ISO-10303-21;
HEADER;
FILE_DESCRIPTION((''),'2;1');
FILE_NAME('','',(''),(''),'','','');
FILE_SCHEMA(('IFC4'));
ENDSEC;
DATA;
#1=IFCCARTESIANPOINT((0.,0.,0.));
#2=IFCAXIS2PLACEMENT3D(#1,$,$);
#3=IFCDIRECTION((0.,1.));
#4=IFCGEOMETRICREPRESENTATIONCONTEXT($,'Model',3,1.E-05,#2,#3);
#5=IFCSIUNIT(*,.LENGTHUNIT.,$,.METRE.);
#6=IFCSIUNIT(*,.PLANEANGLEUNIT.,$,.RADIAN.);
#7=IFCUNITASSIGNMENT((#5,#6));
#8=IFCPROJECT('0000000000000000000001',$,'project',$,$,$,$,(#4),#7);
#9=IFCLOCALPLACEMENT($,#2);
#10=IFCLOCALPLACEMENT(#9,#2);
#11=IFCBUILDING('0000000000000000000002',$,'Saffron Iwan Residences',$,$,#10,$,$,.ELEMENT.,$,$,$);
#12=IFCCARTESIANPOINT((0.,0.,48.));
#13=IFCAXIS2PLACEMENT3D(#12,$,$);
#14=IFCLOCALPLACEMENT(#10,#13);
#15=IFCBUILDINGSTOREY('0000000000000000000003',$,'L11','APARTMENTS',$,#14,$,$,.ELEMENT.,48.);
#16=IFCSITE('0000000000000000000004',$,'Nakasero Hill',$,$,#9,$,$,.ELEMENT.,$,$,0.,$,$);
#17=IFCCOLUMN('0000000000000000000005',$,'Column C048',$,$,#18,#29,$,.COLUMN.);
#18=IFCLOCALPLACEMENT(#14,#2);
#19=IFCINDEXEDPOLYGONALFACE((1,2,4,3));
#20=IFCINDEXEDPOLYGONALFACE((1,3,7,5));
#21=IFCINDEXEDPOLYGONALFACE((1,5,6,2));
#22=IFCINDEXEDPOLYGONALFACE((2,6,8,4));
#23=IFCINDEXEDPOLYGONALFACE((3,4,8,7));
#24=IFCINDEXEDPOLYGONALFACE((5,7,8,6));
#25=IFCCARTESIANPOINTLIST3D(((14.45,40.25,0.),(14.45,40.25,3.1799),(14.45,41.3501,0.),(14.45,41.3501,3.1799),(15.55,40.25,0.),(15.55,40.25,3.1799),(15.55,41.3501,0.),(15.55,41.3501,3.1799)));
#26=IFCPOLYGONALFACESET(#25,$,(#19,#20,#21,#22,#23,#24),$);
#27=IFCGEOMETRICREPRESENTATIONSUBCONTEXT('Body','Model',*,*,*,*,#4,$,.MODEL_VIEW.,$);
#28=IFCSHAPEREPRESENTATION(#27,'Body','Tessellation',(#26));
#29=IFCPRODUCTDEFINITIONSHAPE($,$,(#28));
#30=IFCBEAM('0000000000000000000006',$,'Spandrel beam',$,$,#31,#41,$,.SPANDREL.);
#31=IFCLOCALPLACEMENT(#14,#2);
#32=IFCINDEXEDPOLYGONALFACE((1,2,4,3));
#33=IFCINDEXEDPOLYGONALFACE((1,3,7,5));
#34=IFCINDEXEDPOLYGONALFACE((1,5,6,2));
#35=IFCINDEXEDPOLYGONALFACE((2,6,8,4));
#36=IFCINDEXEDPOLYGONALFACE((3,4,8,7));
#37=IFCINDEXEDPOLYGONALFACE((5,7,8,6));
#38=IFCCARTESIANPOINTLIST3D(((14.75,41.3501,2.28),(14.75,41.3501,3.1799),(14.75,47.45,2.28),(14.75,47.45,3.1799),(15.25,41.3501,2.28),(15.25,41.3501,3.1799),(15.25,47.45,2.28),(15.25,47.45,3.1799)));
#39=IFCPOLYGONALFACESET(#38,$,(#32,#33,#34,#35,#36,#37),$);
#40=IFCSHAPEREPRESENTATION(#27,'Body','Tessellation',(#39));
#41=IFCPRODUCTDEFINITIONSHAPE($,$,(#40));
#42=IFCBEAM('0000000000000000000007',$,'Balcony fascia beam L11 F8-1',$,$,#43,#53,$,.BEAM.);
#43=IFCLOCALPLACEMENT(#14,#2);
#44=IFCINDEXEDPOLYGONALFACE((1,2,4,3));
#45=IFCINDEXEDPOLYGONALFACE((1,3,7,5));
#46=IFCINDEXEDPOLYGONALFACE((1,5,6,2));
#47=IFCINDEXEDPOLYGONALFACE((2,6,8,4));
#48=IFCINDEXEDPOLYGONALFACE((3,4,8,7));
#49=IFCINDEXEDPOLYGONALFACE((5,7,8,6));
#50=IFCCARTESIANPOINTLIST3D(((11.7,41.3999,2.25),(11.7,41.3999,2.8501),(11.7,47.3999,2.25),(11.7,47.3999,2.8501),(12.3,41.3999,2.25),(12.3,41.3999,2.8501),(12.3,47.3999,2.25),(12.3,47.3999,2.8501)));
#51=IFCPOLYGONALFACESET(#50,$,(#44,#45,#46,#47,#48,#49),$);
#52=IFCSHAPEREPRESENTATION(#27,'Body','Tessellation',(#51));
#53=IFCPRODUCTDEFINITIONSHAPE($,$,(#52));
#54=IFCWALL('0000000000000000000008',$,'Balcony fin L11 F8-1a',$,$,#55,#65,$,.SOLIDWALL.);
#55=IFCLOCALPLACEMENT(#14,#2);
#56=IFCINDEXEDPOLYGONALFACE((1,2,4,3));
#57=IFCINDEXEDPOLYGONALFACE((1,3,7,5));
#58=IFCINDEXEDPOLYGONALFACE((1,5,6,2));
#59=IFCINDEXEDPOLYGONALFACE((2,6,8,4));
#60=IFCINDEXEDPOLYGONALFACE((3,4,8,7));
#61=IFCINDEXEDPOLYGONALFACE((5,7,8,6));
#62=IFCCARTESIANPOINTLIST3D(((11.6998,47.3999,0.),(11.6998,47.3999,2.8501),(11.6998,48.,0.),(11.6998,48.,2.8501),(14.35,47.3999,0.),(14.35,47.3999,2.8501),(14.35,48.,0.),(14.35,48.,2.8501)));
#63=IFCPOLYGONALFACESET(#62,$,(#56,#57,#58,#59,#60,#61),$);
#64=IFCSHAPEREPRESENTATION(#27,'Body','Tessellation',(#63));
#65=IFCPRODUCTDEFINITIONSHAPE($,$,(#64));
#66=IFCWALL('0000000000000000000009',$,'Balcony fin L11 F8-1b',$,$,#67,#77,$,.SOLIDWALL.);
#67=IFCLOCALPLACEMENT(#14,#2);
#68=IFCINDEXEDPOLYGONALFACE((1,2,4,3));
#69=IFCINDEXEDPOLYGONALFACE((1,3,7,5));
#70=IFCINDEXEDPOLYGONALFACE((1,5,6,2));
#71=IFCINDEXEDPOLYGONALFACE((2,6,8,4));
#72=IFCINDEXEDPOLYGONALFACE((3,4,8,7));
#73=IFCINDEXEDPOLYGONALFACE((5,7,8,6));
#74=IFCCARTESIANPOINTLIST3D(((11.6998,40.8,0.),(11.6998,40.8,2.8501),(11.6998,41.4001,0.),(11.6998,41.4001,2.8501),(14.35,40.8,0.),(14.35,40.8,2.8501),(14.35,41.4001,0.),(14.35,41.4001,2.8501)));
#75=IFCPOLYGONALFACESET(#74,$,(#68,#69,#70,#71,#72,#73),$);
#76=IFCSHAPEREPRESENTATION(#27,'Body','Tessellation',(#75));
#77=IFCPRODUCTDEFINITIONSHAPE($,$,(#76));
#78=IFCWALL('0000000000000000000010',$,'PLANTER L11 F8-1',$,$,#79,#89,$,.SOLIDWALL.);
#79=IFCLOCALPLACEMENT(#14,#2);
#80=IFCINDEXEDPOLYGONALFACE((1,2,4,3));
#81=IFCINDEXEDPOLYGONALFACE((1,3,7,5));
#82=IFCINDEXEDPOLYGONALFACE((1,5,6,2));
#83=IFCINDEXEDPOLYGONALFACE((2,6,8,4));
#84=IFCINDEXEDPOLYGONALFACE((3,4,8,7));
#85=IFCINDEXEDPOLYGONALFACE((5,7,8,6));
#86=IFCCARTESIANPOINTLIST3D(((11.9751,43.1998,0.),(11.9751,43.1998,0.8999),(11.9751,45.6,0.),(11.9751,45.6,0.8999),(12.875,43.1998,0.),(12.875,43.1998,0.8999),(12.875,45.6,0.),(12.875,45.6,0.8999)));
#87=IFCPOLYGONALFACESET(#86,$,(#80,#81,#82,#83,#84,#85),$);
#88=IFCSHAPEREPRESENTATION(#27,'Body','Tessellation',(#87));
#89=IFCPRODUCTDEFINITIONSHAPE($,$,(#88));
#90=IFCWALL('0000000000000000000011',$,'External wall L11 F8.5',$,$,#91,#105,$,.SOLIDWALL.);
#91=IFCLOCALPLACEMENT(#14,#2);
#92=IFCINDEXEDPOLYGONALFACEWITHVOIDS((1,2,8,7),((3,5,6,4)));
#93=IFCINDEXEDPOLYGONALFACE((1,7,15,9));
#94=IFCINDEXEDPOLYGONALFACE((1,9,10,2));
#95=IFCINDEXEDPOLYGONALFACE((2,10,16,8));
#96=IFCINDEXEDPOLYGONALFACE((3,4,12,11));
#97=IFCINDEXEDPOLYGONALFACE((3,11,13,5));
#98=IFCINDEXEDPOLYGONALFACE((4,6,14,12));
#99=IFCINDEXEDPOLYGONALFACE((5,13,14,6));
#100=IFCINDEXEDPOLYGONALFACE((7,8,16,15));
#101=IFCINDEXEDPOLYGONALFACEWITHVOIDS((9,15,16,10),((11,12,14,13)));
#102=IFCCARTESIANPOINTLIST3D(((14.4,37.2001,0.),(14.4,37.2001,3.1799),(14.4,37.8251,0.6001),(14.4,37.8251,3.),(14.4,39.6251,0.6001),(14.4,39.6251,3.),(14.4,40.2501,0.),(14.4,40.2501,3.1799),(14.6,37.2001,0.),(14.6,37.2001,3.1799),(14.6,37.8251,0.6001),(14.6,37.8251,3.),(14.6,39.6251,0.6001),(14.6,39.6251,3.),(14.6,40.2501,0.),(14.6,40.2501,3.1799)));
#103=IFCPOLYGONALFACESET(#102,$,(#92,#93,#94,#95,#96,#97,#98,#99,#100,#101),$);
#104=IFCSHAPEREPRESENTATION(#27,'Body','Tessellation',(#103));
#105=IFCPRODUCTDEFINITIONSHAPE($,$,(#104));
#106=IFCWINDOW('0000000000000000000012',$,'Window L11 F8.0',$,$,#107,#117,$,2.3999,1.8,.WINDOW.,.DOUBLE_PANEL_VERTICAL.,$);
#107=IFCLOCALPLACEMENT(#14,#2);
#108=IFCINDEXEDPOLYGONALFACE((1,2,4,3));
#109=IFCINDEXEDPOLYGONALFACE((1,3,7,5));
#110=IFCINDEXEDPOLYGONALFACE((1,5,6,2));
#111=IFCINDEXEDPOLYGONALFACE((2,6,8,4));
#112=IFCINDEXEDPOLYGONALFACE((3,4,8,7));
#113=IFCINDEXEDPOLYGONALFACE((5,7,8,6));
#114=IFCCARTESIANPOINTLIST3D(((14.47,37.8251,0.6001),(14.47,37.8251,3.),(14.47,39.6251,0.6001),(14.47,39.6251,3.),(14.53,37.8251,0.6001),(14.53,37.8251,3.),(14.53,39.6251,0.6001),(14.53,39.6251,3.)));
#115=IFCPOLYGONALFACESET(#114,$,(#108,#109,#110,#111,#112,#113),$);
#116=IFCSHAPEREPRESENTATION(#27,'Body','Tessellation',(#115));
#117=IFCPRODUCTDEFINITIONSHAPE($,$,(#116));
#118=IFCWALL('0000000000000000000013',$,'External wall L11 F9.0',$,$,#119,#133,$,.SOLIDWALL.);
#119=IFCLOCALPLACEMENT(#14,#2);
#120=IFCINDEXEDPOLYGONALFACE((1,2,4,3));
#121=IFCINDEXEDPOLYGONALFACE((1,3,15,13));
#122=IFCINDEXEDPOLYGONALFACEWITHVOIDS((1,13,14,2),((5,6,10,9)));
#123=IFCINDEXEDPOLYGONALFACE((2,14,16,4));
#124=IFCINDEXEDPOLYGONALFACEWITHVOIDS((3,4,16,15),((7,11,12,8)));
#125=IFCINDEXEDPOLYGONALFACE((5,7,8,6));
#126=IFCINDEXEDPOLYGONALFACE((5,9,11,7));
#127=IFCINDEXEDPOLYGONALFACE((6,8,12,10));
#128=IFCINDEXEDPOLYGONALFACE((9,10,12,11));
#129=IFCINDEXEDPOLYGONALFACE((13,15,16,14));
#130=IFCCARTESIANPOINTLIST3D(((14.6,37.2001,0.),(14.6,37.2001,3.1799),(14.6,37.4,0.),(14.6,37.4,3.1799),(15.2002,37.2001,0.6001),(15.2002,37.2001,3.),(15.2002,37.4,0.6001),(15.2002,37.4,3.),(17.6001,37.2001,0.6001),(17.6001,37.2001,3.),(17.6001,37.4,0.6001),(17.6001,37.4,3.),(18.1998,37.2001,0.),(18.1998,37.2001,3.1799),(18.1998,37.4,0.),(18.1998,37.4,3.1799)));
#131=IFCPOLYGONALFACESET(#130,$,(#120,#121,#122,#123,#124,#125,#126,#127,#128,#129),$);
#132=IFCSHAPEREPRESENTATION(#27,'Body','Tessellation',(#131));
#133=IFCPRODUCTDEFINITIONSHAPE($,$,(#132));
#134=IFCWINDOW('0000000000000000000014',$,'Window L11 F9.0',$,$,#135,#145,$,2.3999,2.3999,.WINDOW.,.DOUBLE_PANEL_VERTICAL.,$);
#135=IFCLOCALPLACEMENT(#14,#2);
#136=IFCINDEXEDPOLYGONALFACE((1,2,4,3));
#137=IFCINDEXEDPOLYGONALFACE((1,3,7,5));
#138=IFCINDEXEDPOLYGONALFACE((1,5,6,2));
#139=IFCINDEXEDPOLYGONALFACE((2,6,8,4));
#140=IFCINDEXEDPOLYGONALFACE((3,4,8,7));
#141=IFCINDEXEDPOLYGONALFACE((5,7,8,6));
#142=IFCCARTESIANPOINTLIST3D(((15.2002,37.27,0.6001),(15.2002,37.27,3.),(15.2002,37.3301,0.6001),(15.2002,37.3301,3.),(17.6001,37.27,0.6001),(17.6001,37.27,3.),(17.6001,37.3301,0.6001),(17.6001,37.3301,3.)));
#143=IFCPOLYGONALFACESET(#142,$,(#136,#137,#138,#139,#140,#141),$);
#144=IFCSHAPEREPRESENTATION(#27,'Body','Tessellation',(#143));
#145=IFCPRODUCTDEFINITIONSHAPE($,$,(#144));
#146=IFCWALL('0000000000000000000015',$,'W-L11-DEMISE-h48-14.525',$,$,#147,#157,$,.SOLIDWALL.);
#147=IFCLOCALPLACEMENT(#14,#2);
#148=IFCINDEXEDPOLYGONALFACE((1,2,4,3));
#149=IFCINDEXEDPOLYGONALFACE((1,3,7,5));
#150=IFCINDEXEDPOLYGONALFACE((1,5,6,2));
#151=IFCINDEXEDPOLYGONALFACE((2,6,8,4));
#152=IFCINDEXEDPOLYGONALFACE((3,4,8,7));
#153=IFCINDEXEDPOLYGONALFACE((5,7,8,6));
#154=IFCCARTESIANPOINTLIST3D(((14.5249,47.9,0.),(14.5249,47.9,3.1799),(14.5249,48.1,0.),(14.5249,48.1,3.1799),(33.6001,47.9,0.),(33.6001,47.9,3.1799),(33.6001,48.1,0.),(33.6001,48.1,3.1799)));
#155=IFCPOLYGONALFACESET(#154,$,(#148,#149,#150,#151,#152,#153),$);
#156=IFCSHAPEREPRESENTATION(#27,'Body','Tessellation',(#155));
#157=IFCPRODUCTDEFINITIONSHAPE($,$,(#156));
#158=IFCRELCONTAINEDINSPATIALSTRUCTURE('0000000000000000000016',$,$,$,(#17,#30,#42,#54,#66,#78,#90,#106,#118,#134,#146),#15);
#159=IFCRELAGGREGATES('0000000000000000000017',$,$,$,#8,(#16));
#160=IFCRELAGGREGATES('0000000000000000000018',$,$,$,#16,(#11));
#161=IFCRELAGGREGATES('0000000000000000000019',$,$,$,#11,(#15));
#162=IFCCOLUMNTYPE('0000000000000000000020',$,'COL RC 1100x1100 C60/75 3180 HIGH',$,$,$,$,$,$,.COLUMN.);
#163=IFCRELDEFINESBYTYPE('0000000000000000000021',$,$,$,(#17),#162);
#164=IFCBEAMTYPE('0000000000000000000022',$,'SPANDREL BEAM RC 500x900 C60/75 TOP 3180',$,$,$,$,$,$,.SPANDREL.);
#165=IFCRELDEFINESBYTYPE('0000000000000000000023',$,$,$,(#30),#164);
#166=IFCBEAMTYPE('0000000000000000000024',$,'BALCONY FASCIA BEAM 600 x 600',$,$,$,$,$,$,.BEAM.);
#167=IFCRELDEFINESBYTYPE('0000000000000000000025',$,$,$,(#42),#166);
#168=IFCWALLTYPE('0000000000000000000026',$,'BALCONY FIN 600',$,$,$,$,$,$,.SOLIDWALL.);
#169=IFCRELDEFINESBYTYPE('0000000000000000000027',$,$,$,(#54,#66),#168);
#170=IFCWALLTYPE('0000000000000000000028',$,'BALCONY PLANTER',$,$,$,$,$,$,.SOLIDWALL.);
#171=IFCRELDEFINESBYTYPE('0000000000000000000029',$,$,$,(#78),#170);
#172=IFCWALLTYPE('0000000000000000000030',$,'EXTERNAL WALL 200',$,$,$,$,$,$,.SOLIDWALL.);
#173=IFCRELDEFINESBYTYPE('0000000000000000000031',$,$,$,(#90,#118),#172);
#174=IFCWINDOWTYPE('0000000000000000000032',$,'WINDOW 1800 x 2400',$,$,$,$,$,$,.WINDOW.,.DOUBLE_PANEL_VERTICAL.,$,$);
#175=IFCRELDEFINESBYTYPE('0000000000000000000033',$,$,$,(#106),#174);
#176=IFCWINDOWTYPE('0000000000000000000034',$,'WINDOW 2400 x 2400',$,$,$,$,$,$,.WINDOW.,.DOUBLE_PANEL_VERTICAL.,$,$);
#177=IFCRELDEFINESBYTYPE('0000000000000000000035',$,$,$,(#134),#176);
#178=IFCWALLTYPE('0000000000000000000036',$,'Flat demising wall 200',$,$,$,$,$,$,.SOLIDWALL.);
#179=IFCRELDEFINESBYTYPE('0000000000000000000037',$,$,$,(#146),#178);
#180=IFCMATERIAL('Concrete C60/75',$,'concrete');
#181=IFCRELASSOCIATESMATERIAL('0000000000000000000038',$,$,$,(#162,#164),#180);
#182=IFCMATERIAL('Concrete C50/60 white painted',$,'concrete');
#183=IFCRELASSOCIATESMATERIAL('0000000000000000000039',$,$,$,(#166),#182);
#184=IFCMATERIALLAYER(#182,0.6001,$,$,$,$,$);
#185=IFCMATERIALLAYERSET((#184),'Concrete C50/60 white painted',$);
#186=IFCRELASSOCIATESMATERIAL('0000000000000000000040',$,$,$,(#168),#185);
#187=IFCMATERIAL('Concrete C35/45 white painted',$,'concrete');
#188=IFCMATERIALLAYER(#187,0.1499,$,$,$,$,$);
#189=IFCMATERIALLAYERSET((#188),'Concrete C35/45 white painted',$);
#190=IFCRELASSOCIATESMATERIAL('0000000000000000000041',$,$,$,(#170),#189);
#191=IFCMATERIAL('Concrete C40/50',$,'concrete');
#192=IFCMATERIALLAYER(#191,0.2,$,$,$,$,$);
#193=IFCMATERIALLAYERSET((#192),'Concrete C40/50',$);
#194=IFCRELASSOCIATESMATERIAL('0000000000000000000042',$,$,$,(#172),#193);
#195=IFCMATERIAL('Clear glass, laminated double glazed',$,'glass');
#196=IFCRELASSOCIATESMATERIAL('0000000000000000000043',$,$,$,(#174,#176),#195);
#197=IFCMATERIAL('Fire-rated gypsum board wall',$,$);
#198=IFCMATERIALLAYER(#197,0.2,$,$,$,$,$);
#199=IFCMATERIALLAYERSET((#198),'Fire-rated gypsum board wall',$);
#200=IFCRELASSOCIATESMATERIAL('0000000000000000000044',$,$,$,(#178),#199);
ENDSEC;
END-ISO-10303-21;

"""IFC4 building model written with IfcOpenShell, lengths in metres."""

from ifc_helpers import new_model, si_unit, direction, frame, frame_2d, origin, origin_2d, place, context, subcontext, project, spatial, rectangle, extrude, source, transform, mapped, material, layer, layer_set, material_profile, profile_set, type_object, element, fill, save


model = new_model("IFC4")

# Units and contexts
model_context = context("Model", 3, precision=1e-05, world=origin(), true_north=direction((0.0, 1.0)))
body_context = subcontext(model_context, "Body", "Model", "MODEL_VIEW")
ifc_project = project(units=[si_unit("LENGTHUNIT", "METRE"), si_unit("PLANEANGLEUNIT", "RADIAN")], contexts=[model_context])

# Site, building, storey
site_placement = place(None, origin())
site = spatial("IfcSite", under=ifc_project, at=site_placement, Name="Nakasero Hill", CompositionType="ELEMENT", RefElevation=0.0)
building_placement = place(site_placement, origin())
building = spatial("IfcBuilding", under=site, at=building_placement, Name="Saffron Iwan Residences", CompositionType="ELEMENT")
storey_placement = place(building_placement, frame((0.0, 0.0, 48.0)))
storey = spatial("IfcBuildingStorey", under=building, at=storey_placement, Name="L11", Description="APARTMENTS", CompositionType="ELEMENT", Elevation=48.0)

# Column
ifc_material_1 = material(Name="Concrete C60/75", Category="concrete")
ifc_material_profile_1 = material_profile(ifc_material_1, rectangle(XDim=1.1001, YDim=1.1001, at=origin_2d()), Name="RC 1100x1100")
ifc_profile_set_1 = profile_set([ifc_material_profile_1], Name="Concrete C60/75")
column_type = type_object("IfcColumnType", Name="COL RC 1100x1100 C60/75 3180 HIGH", PredefinedType="COLUMN", material=ifc_profile_set_1)
shared_shape_1 = source(origin(), body_context, "Body", "SweptSolid", [
    extrude(rectangle(XDim=1.1001, YDim=1.1001, at=origin_2d()), origin(), (0.0, 0.0, 1.0), 3.1799),
])
column_placement = place(storey_placement, frame((15.0, 40.8, 0.0), z_axis=(0.0, 0.0, 1.0), x_axis=(1.0, 0.0, 0.0)))
element("IfcColumn", 1, at=column_placement, inside=storey, type_object=column_type, Name="Column C048", PredefinedType="COLUMN", context=body_context, shape_type="MappedRepresentation", body=[
    mapped(shared_shape_1, transform((0.0, 0.0, 0.0))),
])

# Beams
ifc_material_profile_2 = material_profile(ifc_material_1, rectangle(XDim=0.5, YDim=0.8999, at=origin_2d()), Name="RC 500x900")
ifc_profile_set_2 = profile_set([ifc_material_profile_2], Name="Concrete C60/75")
beam_type_1 = type_object("IfcBeamType", Name="SPANDREL BEAM RC 500x900 C60/75 TOP 3180", PredefinedType="SPANDREL", material=ifc_profile_set_2)
shared_shape_2 = source(origin(), body_context, "Body", "SweptSolid", [
    extrude(rectangle(XDim=0.5, YDim=0.8999, at=origin_2d()), origin(), (0.0, 0.0, 1.0), 6.0999),
])
beam_1_placement = place(storey_placement, frame((15.0, 41.3501, 2.73), z_axis=(0.0, 1.0, 0.0), x_axis=(-1.0, 0.0, 0.0)))
element("IfcBeam", 2, at=beam_1_placement, inside=storey, type_object=beam_type_1, Name="Spandrel beam", PredefinedType="SPANDREL", context=body_context, shape_type="MappedRepresentation", body=[
    mapped(shared_shape_2, transform((0.0, 0.0, 0.0))),
])
ifc_material_2 = material(Name="Concrete C50/60 white painted", Category="concrete")
ifc_material_profile_3 = material_profile(ifc_material_2, rectangle(XDim=0.6001, YDim=0.6001, at=origin_2d()), Name="BALCONY FASCIA BEAM 600 x 600")
ifc_profile_set_3 = profile_set([ifc_material_profile_3], Name="Concrete C50/60 white painted")
beam_type_2 = type_object("IfcBeamType", Name="BALCONY FASCIA BEAM 600 x 600", PredefinedType="BEAM", material=ifc_profile_set_3)
shared_shape_3 = source(origin(), body_context, "Body", "SweptSolid", [
    extrude(rectangle(XDim=0.6001, YDim=0.6001, at=origin_2d()), origin(), (0.0, 0.0, 1.0), 6.0),
])
beam_2_placement = place(storey_placement, frame((12.0, 47.3999, 2.55), z_axis=(0.0, -1.0, 0.0), x_axis=(1.0, 0.0, 0.0)))
element("IfcBeam", 3, at=beam_2_placement, inside=storey, type_object=beam_type_2, Name="Balcony fascia beam L11 F8-1", PredefinedType="BEAM", context=body_context, shape_type="MappedRepresentation", body=[
    mapped(shared_shape_3, transform((0.0, 0.0, 0.0))),
])

# Walls
ifc_layer_1 = layer(ifc_material_2, 0.6001)
ifc_layer_set_1 = layer_set([ifc_layer_1], Name="Concrete C50/60 white painted")
wall_type_1 = type_object("IfcWallType", Name="BALCONY FIN 600", PredefinedType="SOLIDWALL", material=ifc_layer_set_1)
for number, where, z_axis, x_axis, name in (
    (4, (14.3501, 47.7, 0.0), (0.0, 0.0, 1.0), (-1.0, 0.0, 0.0), "Balcony fin L11 F8-1a"),
    (5, (14.3501, 41.1001, 0.0), (0.0, 0.0, 1.0), (-1.0, 0.0, 0.0), "Balcony fin L11 F8-1b"),
):
    element("IfcWall", number, at=place(storey_placement, frame(where, z_axis=z_axis, x_axis=x_axis)), inside=storey, type_object=wall_type_1, Name=name, PredefinedType="SOLIDWALL", context=body_context, shape_type="SweptSolid", body=[
        extrude(rectangle(XDim=2.6501, YDim=0.6001, at=frame_2d((1.3252, 0.0))), origin(), (0.0, 0.0, 1.0), 2.8501),
    ])
ifc_material_3 = material(Name="Concrete C35/45 white painted", Category="concrete")
ifc_layer_2 = layer(ifc_material_3, 0.1499)
ifc_layer_set_2 = layer_set([ifc_layer_2], Name="Concrete C35/45 white painted")
wall_type_2 = type_object("IfcWallType", Name="BALCONY PLANTER", PredefinedType="SOLIDWALL", material=ifc_layer_set_2)
wall_1_placement = place(storey_placement, frame((12.425, 45.6001, 0.0), z_axis=(0.0, 0.0, 1.0), x_axis=(0.0, -1.0, 0.0)))
element("IfcWall", 6, at=wall_1_placement, inside=storey, type_object=wall_type_2, Name="PLANTER L11 F8-1", PredefinedType="SOLIDWALL", context=body_context, shape_type="SweptSolid", body=[
    extrude(rectangle(XDim=2.4001, YDim=0.8999, at=frame_2d((1.2002, 0.0))), origin(), (0.0, 0.0, 1.0), 0.8999),
])

# Shared definitions
ifc_material_4 = material(Name="Concrete C40/50", Category="concrete")
ifc_layer_3 = layer(ifc_material_4, 0.2)
ifc_layer_set_3 = layer_set([ifc_layer_3], Name="Concrete C40/50")
wall_type_3 = type_object("IfcWallType", Name="EXTERNAL WALL 200", PredefinedType="SOLIDWALL", material=ifc_layer_set_3)
ifc_material_5 = material(Name="Clear glass, laminated double glazed", Category="glass")

# Walls, openings, windows
wall_2_placement = place(storey_placement, frame((14.5, 40.25, 0.0), z_axis=(0.0, 0.0, 1.0), x_axis=(0.0, -1.0, 0.0)))
wall_2 = element("IfcWall", 7, at=wall_2_placement, inside=storey, type_object=wall_type_3, Name="External wall L11 F8.5", PredefinedType="SOLIDWALL", context=body_context, shape_type="SweptSolid", body=[
    extrude(rectangle(XDim=3.05, YDim=0.2, at=frame_2d((1.5249, 0.0))), origin(), (0.0, 0.0, 1.0), 3.1799),
])
opening_1_placement = place(wall_2_placement, frame((0.625, 0.0, 0.6001)))
opening_1 = element("IfcOpeningElement", 8, at=opening_1_placement, cuts=wall_2, PredefinedType="OPENING", context=body_context, shape_type="SweptSolid", body=[
    extrude(rectangle(XDim=1.8, YDim=2.3999, at=frame_2d((0.8999, 1.2))), frame((0.0, 0.1099, 0.0), z_axis=(0.0, -1.0, 0.0), x_axis=(1.0, 0.0, 0.0)), (0.0, 0.0, 1.0), 0.22),
])
window_type_1 = type_object("IfcWindowType", Name="WINDOW 1800 x 2400", PartitioningType="DOUBLE_PANEL_VERTICAL", PredefinedType="WINDOW", material=ifc_material_5)
window_1_placement = place(opening_1_placement, origin())
window_1 = element("IfcWindow", 9, at=window_1_placement, inside=storey, type_object=window_type_1, Name="Window L11 F8.0", OverallHeight=2.3999, OverallWidth=1.8, PartitioningType="DOUBLE_PANEL_VERTICAL", PredefinedType="WINDOW", context=body_context, shape_type="SweptSolid", body=[
    extrude(rectangle(XDim=1.8, YDim=2.3999, at=frame_2d((0.8999, 1.2))), frame((0.0, 0.03, 0.0), z_axis=(0.0, -1.0, 0.0), x_axis=(1.0, 0.0, 0.0)), (0.0, 0.0, 1.0), 0.0601),
])
fill(opening_1, window_1)
wall_3_placement = place(storey_placement, frame((14.6001, 37.3, 0.0), z_axis=(0.0, 0.0, 1.0), x_axis=(1.0, 0.0, 0.0)))
wall_3 = element("IfcWall", 10, at=wall_3_placement, inside=storey, type_object=wall_type_3, Name="External wall L11 F9.0", PredefinedType="SOLIDWALL", context=body_context, shape_type="SweptSolid", body=[
    extrude(rectangle(XDim=3.5999, YDim=0.2, at=frame_2d((1.7998, 0.0))), origin(), (0.0, 0.0, 1.0), 3.1799),
])
opening_2_placement = place(wall_3_placement, frame((0.6001, 0.0, 0.6001)))
opening_2 = element("IfcOpeningElement", 11, at=opening_2_placement, cuts=wall_3, PredefinedType="OPENING", context=body_context, shape_type="SweptSolid", body=[
    extrude(rectangle(XDim=2.3999, YDim=2.3999, at=frame_2d((1.2, 1.2))), frame((0.0, 0.1099, 0.0), z_axis=(0.0, -1.0, 0.0), x_axis=(1.0, 0.0, 0.0)), (0.0, 0.0, 1.0), 0.22),
])
window_type_2 = type_object("IfcWindowType", Name="WINDOW 2400 x 2400", PartitioningType="DOUBLE_PANEL_VERTICAL", PredefinedType="WINDOW", material=ifc_material_5)
window_2_placement = place(opening_2_placement, origin())
window_2 = element("IfcWindow", 12, at=window_2_placement, inside=storey, type_object=window_type_2, Name="Window L11 F9.0", OverallHeight=2.3999, OverallWidth=2.3999, PartitioningType="DOUBLE_PANEL_VERTICAL", PredefinedType="WINDOW", context=body_context, shape_type="SweptSolid", body=[
    extrude(rectangle(XDim=2.3999, YDim=2.3999, at=frame_2d((1.2, 1.2))), frame((0.0, 0.03, 0.0), z_axis=(0.0, -1.0, 0.0), x_axis=(1.0, 0.0, 0.0)), (0.0, 0.0, 1.0), 0.0601),
])
fill(opening_2, window_2)

# Wall
ifc_material_6 = material(Name="Fire-rated gypsum board wall")
ifc_layer_4 = layer(ifc_material_6, 0.2)
ifc_layer_set_4 = layer_set([ifc_layer_4], Name="Fire-rated gypsum board wall")
wall_type_4 = type_object("IfcWallType", Name="Flat demising wall 200", PredefinedType="SOLIDWALL", material=ifc_layer_set_4)
wall_4_placement = place(storey_placement, frame((14.5249, 48.0, 0.0), z_axis=(0.0, 0.0, 1.0), x_axis=(1.0, 0.0, 0.0)))
element("IfcWall", 13, at=wall_4_placement, inside=storey, type_object=wall_type_4, Name="W-L11-DEMISE-h48-14.525", PredefinedType="SOLIDWALL", context=body_context, shape_type="SweptSolid", body=[
    extrude(rectangle(XDim=19.0752, YDim=0.2, at=frame_2d((9.5376, 0.0))), origin(), (0.0, 0.0, 1.0), 3.1799),
])

save(model, "model.ifc")
